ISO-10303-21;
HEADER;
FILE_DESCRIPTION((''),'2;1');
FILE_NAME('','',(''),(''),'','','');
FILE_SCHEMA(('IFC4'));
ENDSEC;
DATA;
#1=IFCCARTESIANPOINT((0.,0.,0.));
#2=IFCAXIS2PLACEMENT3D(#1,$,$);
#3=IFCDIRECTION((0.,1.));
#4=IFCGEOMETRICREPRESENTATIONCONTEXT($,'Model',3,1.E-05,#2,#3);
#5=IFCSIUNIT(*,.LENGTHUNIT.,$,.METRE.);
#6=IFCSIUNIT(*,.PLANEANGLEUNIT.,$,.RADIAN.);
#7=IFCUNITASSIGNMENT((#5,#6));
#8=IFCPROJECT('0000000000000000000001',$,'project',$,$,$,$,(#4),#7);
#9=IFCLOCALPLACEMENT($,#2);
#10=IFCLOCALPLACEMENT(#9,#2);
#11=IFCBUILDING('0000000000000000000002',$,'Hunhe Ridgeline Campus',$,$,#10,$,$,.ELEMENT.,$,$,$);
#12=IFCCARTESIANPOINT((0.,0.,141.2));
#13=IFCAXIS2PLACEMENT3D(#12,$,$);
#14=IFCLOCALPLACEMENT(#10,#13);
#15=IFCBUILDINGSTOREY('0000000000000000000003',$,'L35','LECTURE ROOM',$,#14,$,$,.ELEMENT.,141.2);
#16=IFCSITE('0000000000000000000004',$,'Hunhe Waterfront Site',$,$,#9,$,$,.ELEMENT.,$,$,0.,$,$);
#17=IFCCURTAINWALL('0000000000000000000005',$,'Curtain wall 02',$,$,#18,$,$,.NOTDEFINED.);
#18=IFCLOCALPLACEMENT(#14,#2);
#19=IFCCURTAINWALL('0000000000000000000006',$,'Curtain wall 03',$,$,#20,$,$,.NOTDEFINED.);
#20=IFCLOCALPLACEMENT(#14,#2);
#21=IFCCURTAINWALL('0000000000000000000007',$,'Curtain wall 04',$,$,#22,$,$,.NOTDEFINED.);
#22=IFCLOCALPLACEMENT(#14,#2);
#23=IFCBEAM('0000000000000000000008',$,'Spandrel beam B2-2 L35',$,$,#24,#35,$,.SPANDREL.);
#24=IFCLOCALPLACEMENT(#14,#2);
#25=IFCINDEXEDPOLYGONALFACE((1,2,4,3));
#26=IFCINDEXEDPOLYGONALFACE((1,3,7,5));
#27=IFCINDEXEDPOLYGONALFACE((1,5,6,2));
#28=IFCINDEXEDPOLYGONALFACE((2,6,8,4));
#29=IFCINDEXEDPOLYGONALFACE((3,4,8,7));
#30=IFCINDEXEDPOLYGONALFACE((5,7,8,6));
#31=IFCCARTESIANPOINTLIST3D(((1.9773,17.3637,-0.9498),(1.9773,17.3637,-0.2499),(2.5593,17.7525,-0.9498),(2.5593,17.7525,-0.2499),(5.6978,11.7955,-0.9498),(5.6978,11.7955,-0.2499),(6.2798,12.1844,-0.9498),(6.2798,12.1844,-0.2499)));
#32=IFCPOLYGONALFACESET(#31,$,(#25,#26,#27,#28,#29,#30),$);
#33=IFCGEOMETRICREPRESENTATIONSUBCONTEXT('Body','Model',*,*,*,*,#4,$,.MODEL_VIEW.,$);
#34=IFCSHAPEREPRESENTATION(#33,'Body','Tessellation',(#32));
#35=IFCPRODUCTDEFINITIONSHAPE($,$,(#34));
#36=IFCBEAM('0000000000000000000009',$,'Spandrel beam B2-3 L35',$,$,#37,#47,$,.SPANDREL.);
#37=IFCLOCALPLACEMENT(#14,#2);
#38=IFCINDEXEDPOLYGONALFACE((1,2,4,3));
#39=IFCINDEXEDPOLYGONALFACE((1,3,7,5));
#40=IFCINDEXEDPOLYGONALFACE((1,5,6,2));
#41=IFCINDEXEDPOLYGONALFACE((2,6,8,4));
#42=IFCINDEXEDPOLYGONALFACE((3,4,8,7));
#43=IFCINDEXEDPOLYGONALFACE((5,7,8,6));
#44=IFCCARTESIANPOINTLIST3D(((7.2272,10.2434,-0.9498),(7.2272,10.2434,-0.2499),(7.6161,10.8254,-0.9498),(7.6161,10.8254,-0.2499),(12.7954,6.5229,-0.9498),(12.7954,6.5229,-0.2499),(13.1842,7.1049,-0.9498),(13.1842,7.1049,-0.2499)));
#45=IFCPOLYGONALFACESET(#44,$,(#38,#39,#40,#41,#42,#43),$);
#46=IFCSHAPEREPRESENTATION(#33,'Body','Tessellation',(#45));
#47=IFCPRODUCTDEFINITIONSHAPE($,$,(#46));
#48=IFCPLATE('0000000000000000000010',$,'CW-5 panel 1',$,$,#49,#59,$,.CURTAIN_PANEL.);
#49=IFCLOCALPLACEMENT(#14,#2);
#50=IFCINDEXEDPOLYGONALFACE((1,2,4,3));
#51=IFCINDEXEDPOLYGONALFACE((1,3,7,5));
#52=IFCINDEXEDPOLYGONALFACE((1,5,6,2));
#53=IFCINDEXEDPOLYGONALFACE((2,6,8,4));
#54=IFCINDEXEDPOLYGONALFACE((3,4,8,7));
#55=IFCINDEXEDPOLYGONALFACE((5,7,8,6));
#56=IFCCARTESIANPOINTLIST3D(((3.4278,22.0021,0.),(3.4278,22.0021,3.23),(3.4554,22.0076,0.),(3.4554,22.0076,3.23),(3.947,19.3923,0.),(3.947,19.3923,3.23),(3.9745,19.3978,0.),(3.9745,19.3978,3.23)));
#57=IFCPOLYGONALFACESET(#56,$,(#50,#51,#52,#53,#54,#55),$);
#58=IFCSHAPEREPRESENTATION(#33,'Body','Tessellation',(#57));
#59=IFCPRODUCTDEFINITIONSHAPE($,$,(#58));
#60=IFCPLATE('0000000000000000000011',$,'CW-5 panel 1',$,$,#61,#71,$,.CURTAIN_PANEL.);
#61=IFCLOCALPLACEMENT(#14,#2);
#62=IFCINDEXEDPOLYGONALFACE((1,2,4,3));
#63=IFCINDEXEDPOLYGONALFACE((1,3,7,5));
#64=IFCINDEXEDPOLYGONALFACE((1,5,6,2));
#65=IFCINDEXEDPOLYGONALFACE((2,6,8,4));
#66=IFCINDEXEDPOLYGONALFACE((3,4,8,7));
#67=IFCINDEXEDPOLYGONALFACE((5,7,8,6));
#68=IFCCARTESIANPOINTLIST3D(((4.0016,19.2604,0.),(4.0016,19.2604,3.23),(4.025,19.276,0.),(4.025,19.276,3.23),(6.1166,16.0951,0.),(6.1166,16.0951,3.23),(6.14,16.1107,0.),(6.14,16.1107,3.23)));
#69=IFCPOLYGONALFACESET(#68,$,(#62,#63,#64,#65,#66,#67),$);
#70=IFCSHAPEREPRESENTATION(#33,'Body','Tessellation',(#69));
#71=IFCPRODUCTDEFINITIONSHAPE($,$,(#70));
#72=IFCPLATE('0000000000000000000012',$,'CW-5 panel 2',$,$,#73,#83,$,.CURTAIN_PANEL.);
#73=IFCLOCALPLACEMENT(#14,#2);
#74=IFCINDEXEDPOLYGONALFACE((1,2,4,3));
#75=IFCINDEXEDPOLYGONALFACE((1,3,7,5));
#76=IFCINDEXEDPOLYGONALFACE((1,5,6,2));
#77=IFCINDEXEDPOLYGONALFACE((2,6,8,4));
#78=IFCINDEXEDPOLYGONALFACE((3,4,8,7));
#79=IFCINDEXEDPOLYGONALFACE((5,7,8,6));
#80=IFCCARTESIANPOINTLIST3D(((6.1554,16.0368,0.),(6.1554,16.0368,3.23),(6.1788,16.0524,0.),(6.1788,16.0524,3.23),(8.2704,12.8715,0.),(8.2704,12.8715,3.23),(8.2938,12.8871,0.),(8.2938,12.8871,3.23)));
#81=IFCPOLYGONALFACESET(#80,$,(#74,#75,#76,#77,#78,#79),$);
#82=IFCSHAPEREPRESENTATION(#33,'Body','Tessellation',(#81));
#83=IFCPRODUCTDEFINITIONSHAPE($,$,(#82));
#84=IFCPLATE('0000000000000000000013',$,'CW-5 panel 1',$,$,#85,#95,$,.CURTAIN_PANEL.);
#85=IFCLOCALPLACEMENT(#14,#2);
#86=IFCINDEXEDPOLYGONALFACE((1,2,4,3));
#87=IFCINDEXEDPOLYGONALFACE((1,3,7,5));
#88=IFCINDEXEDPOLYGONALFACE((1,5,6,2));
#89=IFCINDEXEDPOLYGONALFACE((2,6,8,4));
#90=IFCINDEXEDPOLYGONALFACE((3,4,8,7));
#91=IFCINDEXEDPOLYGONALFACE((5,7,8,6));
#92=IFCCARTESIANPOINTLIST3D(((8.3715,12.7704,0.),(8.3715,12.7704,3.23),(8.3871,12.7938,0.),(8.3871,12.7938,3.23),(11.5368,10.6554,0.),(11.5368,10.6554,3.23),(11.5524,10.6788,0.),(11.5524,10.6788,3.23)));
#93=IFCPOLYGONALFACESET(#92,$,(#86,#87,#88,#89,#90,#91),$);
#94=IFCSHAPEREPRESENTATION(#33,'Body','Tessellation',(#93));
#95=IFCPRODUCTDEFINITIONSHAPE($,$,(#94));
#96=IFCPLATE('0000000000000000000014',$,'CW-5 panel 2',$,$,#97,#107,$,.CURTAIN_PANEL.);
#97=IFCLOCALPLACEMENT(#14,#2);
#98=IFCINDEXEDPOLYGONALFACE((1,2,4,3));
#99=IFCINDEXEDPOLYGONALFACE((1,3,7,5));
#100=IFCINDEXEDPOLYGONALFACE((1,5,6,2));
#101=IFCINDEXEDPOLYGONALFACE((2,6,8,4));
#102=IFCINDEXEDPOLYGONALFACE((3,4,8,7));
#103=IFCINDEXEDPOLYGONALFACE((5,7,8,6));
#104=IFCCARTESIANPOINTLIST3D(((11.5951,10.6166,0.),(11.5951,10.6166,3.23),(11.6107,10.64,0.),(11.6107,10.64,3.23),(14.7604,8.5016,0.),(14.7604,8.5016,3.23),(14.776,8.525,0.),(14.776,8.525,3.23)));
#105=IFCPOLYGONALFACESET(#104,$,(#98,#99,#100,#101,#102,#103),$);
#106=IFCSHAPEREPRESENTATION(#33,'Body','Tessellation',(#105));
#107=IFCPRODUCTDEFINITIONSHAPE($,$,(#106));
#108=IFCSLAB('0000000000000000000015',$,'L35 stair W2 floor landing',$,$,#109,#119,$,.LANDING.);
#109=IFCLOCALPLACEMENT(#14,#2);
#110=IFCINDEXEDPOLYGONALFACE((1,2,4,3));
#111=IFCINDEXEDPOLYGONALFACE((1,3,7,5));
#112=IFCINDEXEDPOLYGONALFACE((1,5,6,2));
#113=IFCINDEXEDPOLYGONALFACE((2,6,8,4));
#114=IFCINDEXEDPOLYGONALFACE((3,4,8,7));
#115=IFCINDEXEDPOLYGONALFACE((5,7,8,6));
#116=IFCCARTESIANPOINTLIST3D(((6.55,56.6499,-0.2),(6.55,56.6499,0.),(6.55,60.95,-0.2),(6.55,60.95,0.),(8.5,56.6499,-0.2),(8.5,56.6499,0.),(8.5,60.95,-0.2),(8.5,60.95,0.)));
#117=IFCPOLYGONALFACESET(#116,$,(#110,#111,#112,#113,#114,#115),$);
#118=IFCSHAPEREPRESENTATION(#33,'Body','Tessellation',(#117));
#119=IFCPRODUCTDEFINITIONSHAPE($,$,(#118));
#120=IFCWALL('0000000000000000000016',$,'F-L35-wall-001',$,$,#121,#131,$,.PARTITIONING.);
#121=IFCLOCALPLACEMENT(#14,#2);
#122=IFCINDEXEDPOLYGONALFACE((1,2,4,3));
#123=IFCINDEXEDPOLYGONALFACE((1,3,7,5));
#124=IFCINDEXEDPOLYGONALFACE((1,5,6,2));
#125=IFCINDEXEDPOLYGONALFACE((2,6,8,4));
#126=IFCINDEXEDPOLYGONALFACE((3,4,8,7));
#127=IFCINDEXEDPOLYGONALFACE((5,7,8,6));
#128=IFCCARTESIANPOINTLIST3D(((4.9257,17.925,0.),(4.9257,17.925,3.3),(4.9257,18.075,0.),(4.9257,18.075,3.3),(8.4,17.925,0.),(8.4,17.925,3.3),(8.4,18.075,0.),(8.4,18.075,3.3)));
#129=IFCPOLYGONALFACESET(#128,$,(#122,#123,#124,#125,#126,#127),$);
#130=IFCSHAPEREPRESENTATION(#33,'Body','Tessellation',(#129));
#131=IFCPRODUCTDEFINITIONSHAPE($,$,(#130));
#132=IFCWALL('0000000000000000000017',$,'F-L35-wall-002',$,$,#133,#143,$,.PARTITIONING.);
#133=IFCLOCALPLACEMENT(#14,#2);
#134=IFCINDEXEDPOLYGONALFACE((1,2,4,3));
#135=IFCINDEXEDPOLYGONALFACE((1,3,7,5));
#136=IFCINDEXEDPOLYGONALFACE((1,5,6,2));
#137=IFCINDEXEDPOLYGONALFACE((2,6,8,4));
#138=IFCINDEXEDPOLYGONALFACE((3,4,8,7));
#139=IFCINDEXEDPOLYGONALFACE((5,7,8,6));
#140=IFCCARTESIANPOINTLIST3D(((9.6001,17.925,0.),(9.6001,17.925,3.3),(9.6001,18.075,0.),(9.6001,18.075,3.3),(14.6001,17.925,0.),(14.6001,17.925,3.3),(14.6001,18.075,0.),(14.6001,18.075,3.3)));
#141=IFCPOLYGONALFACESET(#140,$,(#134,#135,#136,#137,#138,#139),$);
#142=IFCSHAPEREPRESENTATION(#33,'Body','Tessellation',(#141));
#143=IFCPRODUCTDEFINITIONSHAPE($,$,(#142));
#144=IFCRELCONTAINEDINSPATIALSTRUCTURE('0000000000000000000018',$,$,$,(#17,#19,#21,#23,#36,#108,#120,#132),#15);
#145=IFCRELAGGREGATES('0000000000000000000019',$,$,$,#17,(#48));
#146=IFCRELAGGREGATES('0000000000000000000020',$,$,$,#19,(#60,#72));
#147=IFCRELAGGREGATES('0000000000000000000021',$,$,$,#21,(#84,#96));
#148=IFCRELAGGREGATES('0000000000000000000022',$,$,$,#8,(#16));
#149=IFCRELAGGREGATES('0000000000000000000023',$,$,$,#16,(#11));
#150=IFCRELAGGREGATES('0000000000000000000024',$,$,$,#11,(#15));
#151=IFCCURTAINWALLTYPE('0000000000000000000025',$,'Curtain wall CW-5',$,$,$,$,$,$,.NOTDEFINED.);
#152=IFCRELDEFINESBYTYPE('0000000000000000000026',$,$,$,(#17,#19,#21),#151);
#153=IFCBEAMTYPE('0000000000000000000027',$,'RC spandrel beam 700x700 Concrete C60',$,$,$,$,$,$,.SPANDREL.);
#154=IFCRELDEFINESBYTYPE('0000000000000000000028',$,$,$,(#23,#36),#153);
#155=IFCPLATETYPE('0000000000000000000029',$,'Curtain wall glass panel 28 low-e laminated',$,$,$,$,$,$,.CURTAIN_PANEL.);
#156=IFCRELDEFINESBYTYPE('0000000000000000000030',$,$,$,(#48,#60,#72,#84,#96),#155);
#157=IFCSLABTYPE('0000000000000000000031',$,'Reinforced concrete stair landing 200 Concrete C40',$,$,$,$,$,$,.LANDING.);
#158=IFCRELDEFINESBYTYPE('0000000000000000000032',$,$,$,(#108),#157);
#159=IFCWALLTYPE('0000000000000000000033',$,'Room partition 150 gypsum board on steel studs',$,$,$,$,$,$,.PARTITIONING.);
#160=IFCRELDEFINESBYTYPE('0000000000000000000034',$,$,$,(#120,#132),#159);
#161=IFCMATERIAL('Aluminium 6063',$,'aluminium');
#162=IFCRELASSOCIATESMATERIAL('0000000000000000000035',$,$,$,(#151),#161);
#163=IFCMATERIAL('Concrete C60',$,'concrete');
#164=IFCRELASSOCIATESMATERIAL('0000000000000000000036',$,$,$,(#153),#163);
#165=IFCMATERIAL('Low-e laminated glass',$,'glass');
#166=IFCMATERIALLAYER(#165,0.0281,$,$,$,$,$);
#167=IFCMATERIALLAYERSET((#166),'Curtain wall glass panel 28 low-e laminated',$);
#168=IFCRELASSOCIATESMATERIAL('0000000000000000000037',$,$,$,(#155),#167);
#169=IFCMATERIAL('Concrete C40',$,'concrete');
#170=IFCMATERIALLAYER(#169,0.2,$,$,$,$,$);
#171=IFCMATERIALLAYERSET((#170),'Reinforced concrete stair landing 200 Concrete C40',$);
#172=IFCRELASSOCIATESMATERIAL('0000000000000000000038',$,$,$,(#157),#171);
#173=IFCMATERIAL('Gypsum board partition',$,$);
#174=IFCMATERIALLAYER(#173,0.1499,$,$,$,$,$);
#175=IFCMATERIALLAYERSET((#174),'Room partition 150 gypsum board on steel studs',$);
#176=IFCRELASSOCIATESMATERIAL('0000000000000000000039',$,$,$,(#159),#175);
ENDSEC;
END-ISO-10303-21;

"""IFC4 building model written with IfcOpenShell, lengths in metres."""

from ifc_helpers import new_model, si_unit, direction, frame, frame_2d, origin, origin_2d, place, context, subcontext, project, spatial, polyline, rectangle, outline, extrude, material, layer, layer_set, material_profile, profile_set, type_object, element, aggregate, save


model = new_model("IFC4")

# Units and contexts
model_context = context("Model", 3, precision=1e-05, world=origin(), true_north=direction((0.0, 1.0)))
body_context = subcontext(model_context, "Body", "Model", "MODEL_VIEW")
ifc_project = project(units=[si_unit("LENGTHUNIT", "METRE"), si_unit("PLANEANGLEUNIT", "RADIAN")], contexts=[model_context])

# Site, building, storey
site_placement = place(None, origin())
site = spatial("IfcSite", under=ifc_project, at=site_placement, Name="Hunhe Waterfront Site", CompositionType="ELEMENT", RefElevation=0.0)
building_placement = place(site_placement, origin())
building = spatial("IfcBuilding", under=site, at=building_placement, Name="Hunhe Ridgeline Campus", CompositionType="ELEMENT")
storey_placement = place(building_placement, frame((0.0, 0.0, 141.2)))
storey = spatial("IfcBuildingStorey", under=building, at=storey_placement, Name="L35", Description="LECTURE ROOM", CompositionType="ELEMENT", Elevation=141.2)

# Curtain walls
ifc_material_1 = material(Name="Aluminium 6063", Category="aluminium")
curtain_wall_type = type_object("IfcCurtainWallType", Name="Curtain wall CW-5", PredefinedType="NOTDEFINED", material=ifc_material_1)
curtain_wall_1_placement = place(storey_placement, origin())
curtain_wall_1 = element("IfcCurtainWall", 1, at=curtain_wall_1_placement, inside=storey, type_object=curtain_wall_type, Name="Curtain wall 02", PredefinedType="NOTDEFINED")
curtain_wall_2_placement = place(storey_placement, origin())
curtain_wall_2 = element("IfcCurtainWall", 2, at=curtain_wall_2_placement, inside=storey, type_object=curtain_wall_type, Name="Curtain wall 03", PredefinedType="NOTDEFINED")
curtain_wall_3_placement = place(storey_placement, origin())
curtain_wall_3 = element("IfcCurtainWall", 3, at=curtain_wall_3_placement, inside=storey, type_object=curtain_wall_type, Name="Curtain wall 04", PredefinedType="NOTDEFINED")

# Beams
ifc_material_2 = material(Name="Concrete C60", Category="concrete")
ifc_material_profile_1 = material_profile(ifc_material_2, rectangle(XDim=0.7, YDim=0.7, at=origin_2d()))
ifc_profile_set_1 = profile_set([ifc_material_profile_1], Name="Concrete C60")
beam_type = type_object("IfcBeamType", Name="RC spandrel beam 700x700 Concrete C60", PredefinedType="SPANDREL", material=ifc_profile_set_1)
for number, where, z_axis, x_axis, name in (
    (4, (2.2683, 17.5581, -0.5999), (0.555566, -0.831472, 0.0), (0.831472, 0.555566, 0.0), "Spandrel beam B2-2 L35"),
    (5, (7.4216, 10.5344, -0.5999), (0.831472, -0.555566, 0.0), (0.555566, 0.831472, 0.0), "Spandrel beam B2-3 L35"),
):
    element("IfcBeam", number, at=place(storey_placement, frame(where, z_axis=z_axis, x_axis=x_axis)), inside=storey, type_object=beam_type, Name=name, PredefinedType="SPANDREL", context=body_context, shape_type="SweptSolid", body=[
        extrude(rectangle(XDim=0.7, YDim=0.7, at=origin_2d()), origin(), (0.0, 0.0, 1.0), 6.6968),
    ])

# Plates
ifc_material_3 = material(Name="Low-e laminated glass", Category="glass")
ifc_layer_1 = layer(ifc_material_3, 0.0281)
ifc_layer_set_1 = layer_set([ifc_layer_1], Name="Curtain wall glass panel 28 low-e laminated")
plate_type = type_object("IfcPlateType", Name="Curtain wall glass panel 28 low-e laminated", PredefinedType="CURTAIN_PANEL", material=ifc_layer_set_1)
plate_1_placement = place(storey_placement, frame((3.7012, 20.7, 0.0), z_axis=(0.0, 0.0, 1.0), x_axis=(0.195095, -0.980784, 0.0)))
plate_1 = element("IfcPlate", 6, at=plate_1_placement, type_object=plate_type, Name="CW-5 panel 1", PredefinedType="CURTAIN_PANEL", context=body_context, shape_type="SweptSolid", body=[
    extrude(rectangle(XDim=2.6609, YDim=0.0281, at=origin_2d()), origin(), (0.0, 0.0, 1.0), 3.23),
])
aggregate(curtain_wall_1, [plate_1])
plate_2_placement = place(storey_placement, frame((5.0708, 17.6855, 0.0), z_axis=(0.0, 0.0, 1.0), x_axis=(0.55557, -0.83147, 0.0)))
plate_2 = element("IfcPlate", 7, at=plate_2_placement, type_object=plate_type, Name="CW-5 panel 1", PredefinedType="CURTAIN_PANEL", context=body_context, shape_type="SweptSolid", body=[
    extrude(rectangle(XDim=3.8069, YDim=0.0281, at=origin_2d()), origin(), (0.0, 0.0, 1.0), 3.23),
])
plate_3_placement = place(storey_placement, frame((7.2246, 14.4619, 0.0), z_axis=(0.0, 0.0, 1.0), x_axis=(0.55557, -0.83147, 0.0)))
plate_3 = element("IfcPlate", 8, at=plate_3_placement, type_object=plate_type, Name="CW-5 panel 2", PredefinedType="CURTAIN_PANEL", context=body_context, shape_type="SweptSolid", body=[
    extrude(rectangle(XDim=3.8069, YDim=0.0281, at=origin_2d()), origin(), (0.0, 0.0, 1.0), 3.23),
])
aggregate(curtain_wall_2, [plate_2, plate_3])
plate_4_placement = place(storey_placement, frame((9.9619, 11.7246, 0.0), z_axis=(0.0, 0.0, 1.0), x_axis=(0.83147, -0.55557, 0.0)))
plate_4 = element("IfcPlate", 9, at=plate_4_placement, type_object=plate_type, Name="CW-5 panel 1", PredefinedType="CURTAIN_PANEL", context=body_context, shape_type="SweptSolid", body=[
    extrude(rectangle(XDim=3.8069, YDim=0.0281, at=origin_2d()), origin(), (0.0, 0.0, 1.0), 3.23),
])
plate_5_placement = place(storey_placement, frame((13.1855, 9.5708, 0.0), z_axis=(0.0, 0.0, 1.0), x_axis=(0.83147, -0.55557, 0.0)))
plate_5 = element("IfcPlate", 10, at=plate_5_placement, type_object=plate_type, Name="CW-5 panel 2", PredefinedType="CURTAIN_PANEL", context=body_context, shape_type="SweptSolid", body=[
    extrude(rectangle(XDim=3.8069, YDim=0.0281, at=origin_2d()), origin(), (0.0, 0.0, 1.0), 3.23),
])
aggregate(curtain_wall_3, [plate_4, plate_5])

# Slab
ifc_material_4 = material(Name="Concrete C40", Category="concrete")
ifc_layer_2 = layer(ifc_material_4, 0.2)
ifc_layer_set_2 = layer_set([ifc_layer_2], Name="Reinforced concrete stair landing 200 Concrete C40")
slab_type = type_object("IfcSlabType", Name="Reinforced concrete stair landing 200 Concrete C40", PredefinedType="LANDING", material=ifc_layer_set_2)
slab_placement = place(storey_placement, frame((0.0, 0.0, -0.2)))
element("IfcSlab", 11, at=slab_placement, inside=storey, type_object=slab_type, Name="L35 stair W2 floor landing", PredefinedType="LANDING", context=body_context, shape_type="SweptSolid", body=[
    extrude(outline(polyline([(8.5, 60.95), (6.55, 60.95), (6.55, 56.6499), (8.5, 56.6499), (8.5, 60.95)])), origin(), (0.0, 0.0, 1.0), 0.2),
])

# Shared definitions
ifc_material_5 = material(Name="Gypsum board partition")

# Walls
ifc_layer_3 = layer(ifc_material_5, 0.1499)
ifc_layer_set_3 = layer_set([ifc_layer_3], Name="Room partition 150 gypsum board on steel studs")
wall_type_1 = type_object("IfcWallType", Name="Room partition 150 gypsum board on steel studs", PredefinedType="PARTITIONING", material=ifc_layer_set_3)
wall_1_placement = place(storey_placement, frame((4.9255, 18.0, 0.0), z_axis=(0.0, 0.0, 1.0), x_axis=(1.0, 0.0, 0.0)))
element("IfcWall", 12, at=wall_1_placement, inside=storey, type_object=wall_type_1, Name="F-L35-wall-001", PredefinedType="PARTITIONING", context=body_context, shape_type="SweptSolid", body=[
    extrude(rectangle(XDim=3.4744, YDim=0.1499, at=frame_2d((1.7373, 0.0))), origin(), (0.0, 0.0, 1.0), 3.3),
])
wall_2_placement = place(storey_placement, frame((9.6001, 18.0, 0.0), z_axis=(0.0, 0.0, 1.0), x_axis=(1.0, 0.0, 0.0)))
element("IfcWall", 13, at=wall_2_placement, inside=storey, type_object=wall_type_1, Name="F-L35-wall-002", PredefinedType="PARTITIONING", context=body_context, shape_type="SweptSolid", body=[
    extrude(rectangle(XDim=5.0, YDim=0.1499, at=frame_2d((2.5, 0.0))), origin(), (0.0, 0.0, 1.0), 3.3),
])

save(model, "model.ifc")
